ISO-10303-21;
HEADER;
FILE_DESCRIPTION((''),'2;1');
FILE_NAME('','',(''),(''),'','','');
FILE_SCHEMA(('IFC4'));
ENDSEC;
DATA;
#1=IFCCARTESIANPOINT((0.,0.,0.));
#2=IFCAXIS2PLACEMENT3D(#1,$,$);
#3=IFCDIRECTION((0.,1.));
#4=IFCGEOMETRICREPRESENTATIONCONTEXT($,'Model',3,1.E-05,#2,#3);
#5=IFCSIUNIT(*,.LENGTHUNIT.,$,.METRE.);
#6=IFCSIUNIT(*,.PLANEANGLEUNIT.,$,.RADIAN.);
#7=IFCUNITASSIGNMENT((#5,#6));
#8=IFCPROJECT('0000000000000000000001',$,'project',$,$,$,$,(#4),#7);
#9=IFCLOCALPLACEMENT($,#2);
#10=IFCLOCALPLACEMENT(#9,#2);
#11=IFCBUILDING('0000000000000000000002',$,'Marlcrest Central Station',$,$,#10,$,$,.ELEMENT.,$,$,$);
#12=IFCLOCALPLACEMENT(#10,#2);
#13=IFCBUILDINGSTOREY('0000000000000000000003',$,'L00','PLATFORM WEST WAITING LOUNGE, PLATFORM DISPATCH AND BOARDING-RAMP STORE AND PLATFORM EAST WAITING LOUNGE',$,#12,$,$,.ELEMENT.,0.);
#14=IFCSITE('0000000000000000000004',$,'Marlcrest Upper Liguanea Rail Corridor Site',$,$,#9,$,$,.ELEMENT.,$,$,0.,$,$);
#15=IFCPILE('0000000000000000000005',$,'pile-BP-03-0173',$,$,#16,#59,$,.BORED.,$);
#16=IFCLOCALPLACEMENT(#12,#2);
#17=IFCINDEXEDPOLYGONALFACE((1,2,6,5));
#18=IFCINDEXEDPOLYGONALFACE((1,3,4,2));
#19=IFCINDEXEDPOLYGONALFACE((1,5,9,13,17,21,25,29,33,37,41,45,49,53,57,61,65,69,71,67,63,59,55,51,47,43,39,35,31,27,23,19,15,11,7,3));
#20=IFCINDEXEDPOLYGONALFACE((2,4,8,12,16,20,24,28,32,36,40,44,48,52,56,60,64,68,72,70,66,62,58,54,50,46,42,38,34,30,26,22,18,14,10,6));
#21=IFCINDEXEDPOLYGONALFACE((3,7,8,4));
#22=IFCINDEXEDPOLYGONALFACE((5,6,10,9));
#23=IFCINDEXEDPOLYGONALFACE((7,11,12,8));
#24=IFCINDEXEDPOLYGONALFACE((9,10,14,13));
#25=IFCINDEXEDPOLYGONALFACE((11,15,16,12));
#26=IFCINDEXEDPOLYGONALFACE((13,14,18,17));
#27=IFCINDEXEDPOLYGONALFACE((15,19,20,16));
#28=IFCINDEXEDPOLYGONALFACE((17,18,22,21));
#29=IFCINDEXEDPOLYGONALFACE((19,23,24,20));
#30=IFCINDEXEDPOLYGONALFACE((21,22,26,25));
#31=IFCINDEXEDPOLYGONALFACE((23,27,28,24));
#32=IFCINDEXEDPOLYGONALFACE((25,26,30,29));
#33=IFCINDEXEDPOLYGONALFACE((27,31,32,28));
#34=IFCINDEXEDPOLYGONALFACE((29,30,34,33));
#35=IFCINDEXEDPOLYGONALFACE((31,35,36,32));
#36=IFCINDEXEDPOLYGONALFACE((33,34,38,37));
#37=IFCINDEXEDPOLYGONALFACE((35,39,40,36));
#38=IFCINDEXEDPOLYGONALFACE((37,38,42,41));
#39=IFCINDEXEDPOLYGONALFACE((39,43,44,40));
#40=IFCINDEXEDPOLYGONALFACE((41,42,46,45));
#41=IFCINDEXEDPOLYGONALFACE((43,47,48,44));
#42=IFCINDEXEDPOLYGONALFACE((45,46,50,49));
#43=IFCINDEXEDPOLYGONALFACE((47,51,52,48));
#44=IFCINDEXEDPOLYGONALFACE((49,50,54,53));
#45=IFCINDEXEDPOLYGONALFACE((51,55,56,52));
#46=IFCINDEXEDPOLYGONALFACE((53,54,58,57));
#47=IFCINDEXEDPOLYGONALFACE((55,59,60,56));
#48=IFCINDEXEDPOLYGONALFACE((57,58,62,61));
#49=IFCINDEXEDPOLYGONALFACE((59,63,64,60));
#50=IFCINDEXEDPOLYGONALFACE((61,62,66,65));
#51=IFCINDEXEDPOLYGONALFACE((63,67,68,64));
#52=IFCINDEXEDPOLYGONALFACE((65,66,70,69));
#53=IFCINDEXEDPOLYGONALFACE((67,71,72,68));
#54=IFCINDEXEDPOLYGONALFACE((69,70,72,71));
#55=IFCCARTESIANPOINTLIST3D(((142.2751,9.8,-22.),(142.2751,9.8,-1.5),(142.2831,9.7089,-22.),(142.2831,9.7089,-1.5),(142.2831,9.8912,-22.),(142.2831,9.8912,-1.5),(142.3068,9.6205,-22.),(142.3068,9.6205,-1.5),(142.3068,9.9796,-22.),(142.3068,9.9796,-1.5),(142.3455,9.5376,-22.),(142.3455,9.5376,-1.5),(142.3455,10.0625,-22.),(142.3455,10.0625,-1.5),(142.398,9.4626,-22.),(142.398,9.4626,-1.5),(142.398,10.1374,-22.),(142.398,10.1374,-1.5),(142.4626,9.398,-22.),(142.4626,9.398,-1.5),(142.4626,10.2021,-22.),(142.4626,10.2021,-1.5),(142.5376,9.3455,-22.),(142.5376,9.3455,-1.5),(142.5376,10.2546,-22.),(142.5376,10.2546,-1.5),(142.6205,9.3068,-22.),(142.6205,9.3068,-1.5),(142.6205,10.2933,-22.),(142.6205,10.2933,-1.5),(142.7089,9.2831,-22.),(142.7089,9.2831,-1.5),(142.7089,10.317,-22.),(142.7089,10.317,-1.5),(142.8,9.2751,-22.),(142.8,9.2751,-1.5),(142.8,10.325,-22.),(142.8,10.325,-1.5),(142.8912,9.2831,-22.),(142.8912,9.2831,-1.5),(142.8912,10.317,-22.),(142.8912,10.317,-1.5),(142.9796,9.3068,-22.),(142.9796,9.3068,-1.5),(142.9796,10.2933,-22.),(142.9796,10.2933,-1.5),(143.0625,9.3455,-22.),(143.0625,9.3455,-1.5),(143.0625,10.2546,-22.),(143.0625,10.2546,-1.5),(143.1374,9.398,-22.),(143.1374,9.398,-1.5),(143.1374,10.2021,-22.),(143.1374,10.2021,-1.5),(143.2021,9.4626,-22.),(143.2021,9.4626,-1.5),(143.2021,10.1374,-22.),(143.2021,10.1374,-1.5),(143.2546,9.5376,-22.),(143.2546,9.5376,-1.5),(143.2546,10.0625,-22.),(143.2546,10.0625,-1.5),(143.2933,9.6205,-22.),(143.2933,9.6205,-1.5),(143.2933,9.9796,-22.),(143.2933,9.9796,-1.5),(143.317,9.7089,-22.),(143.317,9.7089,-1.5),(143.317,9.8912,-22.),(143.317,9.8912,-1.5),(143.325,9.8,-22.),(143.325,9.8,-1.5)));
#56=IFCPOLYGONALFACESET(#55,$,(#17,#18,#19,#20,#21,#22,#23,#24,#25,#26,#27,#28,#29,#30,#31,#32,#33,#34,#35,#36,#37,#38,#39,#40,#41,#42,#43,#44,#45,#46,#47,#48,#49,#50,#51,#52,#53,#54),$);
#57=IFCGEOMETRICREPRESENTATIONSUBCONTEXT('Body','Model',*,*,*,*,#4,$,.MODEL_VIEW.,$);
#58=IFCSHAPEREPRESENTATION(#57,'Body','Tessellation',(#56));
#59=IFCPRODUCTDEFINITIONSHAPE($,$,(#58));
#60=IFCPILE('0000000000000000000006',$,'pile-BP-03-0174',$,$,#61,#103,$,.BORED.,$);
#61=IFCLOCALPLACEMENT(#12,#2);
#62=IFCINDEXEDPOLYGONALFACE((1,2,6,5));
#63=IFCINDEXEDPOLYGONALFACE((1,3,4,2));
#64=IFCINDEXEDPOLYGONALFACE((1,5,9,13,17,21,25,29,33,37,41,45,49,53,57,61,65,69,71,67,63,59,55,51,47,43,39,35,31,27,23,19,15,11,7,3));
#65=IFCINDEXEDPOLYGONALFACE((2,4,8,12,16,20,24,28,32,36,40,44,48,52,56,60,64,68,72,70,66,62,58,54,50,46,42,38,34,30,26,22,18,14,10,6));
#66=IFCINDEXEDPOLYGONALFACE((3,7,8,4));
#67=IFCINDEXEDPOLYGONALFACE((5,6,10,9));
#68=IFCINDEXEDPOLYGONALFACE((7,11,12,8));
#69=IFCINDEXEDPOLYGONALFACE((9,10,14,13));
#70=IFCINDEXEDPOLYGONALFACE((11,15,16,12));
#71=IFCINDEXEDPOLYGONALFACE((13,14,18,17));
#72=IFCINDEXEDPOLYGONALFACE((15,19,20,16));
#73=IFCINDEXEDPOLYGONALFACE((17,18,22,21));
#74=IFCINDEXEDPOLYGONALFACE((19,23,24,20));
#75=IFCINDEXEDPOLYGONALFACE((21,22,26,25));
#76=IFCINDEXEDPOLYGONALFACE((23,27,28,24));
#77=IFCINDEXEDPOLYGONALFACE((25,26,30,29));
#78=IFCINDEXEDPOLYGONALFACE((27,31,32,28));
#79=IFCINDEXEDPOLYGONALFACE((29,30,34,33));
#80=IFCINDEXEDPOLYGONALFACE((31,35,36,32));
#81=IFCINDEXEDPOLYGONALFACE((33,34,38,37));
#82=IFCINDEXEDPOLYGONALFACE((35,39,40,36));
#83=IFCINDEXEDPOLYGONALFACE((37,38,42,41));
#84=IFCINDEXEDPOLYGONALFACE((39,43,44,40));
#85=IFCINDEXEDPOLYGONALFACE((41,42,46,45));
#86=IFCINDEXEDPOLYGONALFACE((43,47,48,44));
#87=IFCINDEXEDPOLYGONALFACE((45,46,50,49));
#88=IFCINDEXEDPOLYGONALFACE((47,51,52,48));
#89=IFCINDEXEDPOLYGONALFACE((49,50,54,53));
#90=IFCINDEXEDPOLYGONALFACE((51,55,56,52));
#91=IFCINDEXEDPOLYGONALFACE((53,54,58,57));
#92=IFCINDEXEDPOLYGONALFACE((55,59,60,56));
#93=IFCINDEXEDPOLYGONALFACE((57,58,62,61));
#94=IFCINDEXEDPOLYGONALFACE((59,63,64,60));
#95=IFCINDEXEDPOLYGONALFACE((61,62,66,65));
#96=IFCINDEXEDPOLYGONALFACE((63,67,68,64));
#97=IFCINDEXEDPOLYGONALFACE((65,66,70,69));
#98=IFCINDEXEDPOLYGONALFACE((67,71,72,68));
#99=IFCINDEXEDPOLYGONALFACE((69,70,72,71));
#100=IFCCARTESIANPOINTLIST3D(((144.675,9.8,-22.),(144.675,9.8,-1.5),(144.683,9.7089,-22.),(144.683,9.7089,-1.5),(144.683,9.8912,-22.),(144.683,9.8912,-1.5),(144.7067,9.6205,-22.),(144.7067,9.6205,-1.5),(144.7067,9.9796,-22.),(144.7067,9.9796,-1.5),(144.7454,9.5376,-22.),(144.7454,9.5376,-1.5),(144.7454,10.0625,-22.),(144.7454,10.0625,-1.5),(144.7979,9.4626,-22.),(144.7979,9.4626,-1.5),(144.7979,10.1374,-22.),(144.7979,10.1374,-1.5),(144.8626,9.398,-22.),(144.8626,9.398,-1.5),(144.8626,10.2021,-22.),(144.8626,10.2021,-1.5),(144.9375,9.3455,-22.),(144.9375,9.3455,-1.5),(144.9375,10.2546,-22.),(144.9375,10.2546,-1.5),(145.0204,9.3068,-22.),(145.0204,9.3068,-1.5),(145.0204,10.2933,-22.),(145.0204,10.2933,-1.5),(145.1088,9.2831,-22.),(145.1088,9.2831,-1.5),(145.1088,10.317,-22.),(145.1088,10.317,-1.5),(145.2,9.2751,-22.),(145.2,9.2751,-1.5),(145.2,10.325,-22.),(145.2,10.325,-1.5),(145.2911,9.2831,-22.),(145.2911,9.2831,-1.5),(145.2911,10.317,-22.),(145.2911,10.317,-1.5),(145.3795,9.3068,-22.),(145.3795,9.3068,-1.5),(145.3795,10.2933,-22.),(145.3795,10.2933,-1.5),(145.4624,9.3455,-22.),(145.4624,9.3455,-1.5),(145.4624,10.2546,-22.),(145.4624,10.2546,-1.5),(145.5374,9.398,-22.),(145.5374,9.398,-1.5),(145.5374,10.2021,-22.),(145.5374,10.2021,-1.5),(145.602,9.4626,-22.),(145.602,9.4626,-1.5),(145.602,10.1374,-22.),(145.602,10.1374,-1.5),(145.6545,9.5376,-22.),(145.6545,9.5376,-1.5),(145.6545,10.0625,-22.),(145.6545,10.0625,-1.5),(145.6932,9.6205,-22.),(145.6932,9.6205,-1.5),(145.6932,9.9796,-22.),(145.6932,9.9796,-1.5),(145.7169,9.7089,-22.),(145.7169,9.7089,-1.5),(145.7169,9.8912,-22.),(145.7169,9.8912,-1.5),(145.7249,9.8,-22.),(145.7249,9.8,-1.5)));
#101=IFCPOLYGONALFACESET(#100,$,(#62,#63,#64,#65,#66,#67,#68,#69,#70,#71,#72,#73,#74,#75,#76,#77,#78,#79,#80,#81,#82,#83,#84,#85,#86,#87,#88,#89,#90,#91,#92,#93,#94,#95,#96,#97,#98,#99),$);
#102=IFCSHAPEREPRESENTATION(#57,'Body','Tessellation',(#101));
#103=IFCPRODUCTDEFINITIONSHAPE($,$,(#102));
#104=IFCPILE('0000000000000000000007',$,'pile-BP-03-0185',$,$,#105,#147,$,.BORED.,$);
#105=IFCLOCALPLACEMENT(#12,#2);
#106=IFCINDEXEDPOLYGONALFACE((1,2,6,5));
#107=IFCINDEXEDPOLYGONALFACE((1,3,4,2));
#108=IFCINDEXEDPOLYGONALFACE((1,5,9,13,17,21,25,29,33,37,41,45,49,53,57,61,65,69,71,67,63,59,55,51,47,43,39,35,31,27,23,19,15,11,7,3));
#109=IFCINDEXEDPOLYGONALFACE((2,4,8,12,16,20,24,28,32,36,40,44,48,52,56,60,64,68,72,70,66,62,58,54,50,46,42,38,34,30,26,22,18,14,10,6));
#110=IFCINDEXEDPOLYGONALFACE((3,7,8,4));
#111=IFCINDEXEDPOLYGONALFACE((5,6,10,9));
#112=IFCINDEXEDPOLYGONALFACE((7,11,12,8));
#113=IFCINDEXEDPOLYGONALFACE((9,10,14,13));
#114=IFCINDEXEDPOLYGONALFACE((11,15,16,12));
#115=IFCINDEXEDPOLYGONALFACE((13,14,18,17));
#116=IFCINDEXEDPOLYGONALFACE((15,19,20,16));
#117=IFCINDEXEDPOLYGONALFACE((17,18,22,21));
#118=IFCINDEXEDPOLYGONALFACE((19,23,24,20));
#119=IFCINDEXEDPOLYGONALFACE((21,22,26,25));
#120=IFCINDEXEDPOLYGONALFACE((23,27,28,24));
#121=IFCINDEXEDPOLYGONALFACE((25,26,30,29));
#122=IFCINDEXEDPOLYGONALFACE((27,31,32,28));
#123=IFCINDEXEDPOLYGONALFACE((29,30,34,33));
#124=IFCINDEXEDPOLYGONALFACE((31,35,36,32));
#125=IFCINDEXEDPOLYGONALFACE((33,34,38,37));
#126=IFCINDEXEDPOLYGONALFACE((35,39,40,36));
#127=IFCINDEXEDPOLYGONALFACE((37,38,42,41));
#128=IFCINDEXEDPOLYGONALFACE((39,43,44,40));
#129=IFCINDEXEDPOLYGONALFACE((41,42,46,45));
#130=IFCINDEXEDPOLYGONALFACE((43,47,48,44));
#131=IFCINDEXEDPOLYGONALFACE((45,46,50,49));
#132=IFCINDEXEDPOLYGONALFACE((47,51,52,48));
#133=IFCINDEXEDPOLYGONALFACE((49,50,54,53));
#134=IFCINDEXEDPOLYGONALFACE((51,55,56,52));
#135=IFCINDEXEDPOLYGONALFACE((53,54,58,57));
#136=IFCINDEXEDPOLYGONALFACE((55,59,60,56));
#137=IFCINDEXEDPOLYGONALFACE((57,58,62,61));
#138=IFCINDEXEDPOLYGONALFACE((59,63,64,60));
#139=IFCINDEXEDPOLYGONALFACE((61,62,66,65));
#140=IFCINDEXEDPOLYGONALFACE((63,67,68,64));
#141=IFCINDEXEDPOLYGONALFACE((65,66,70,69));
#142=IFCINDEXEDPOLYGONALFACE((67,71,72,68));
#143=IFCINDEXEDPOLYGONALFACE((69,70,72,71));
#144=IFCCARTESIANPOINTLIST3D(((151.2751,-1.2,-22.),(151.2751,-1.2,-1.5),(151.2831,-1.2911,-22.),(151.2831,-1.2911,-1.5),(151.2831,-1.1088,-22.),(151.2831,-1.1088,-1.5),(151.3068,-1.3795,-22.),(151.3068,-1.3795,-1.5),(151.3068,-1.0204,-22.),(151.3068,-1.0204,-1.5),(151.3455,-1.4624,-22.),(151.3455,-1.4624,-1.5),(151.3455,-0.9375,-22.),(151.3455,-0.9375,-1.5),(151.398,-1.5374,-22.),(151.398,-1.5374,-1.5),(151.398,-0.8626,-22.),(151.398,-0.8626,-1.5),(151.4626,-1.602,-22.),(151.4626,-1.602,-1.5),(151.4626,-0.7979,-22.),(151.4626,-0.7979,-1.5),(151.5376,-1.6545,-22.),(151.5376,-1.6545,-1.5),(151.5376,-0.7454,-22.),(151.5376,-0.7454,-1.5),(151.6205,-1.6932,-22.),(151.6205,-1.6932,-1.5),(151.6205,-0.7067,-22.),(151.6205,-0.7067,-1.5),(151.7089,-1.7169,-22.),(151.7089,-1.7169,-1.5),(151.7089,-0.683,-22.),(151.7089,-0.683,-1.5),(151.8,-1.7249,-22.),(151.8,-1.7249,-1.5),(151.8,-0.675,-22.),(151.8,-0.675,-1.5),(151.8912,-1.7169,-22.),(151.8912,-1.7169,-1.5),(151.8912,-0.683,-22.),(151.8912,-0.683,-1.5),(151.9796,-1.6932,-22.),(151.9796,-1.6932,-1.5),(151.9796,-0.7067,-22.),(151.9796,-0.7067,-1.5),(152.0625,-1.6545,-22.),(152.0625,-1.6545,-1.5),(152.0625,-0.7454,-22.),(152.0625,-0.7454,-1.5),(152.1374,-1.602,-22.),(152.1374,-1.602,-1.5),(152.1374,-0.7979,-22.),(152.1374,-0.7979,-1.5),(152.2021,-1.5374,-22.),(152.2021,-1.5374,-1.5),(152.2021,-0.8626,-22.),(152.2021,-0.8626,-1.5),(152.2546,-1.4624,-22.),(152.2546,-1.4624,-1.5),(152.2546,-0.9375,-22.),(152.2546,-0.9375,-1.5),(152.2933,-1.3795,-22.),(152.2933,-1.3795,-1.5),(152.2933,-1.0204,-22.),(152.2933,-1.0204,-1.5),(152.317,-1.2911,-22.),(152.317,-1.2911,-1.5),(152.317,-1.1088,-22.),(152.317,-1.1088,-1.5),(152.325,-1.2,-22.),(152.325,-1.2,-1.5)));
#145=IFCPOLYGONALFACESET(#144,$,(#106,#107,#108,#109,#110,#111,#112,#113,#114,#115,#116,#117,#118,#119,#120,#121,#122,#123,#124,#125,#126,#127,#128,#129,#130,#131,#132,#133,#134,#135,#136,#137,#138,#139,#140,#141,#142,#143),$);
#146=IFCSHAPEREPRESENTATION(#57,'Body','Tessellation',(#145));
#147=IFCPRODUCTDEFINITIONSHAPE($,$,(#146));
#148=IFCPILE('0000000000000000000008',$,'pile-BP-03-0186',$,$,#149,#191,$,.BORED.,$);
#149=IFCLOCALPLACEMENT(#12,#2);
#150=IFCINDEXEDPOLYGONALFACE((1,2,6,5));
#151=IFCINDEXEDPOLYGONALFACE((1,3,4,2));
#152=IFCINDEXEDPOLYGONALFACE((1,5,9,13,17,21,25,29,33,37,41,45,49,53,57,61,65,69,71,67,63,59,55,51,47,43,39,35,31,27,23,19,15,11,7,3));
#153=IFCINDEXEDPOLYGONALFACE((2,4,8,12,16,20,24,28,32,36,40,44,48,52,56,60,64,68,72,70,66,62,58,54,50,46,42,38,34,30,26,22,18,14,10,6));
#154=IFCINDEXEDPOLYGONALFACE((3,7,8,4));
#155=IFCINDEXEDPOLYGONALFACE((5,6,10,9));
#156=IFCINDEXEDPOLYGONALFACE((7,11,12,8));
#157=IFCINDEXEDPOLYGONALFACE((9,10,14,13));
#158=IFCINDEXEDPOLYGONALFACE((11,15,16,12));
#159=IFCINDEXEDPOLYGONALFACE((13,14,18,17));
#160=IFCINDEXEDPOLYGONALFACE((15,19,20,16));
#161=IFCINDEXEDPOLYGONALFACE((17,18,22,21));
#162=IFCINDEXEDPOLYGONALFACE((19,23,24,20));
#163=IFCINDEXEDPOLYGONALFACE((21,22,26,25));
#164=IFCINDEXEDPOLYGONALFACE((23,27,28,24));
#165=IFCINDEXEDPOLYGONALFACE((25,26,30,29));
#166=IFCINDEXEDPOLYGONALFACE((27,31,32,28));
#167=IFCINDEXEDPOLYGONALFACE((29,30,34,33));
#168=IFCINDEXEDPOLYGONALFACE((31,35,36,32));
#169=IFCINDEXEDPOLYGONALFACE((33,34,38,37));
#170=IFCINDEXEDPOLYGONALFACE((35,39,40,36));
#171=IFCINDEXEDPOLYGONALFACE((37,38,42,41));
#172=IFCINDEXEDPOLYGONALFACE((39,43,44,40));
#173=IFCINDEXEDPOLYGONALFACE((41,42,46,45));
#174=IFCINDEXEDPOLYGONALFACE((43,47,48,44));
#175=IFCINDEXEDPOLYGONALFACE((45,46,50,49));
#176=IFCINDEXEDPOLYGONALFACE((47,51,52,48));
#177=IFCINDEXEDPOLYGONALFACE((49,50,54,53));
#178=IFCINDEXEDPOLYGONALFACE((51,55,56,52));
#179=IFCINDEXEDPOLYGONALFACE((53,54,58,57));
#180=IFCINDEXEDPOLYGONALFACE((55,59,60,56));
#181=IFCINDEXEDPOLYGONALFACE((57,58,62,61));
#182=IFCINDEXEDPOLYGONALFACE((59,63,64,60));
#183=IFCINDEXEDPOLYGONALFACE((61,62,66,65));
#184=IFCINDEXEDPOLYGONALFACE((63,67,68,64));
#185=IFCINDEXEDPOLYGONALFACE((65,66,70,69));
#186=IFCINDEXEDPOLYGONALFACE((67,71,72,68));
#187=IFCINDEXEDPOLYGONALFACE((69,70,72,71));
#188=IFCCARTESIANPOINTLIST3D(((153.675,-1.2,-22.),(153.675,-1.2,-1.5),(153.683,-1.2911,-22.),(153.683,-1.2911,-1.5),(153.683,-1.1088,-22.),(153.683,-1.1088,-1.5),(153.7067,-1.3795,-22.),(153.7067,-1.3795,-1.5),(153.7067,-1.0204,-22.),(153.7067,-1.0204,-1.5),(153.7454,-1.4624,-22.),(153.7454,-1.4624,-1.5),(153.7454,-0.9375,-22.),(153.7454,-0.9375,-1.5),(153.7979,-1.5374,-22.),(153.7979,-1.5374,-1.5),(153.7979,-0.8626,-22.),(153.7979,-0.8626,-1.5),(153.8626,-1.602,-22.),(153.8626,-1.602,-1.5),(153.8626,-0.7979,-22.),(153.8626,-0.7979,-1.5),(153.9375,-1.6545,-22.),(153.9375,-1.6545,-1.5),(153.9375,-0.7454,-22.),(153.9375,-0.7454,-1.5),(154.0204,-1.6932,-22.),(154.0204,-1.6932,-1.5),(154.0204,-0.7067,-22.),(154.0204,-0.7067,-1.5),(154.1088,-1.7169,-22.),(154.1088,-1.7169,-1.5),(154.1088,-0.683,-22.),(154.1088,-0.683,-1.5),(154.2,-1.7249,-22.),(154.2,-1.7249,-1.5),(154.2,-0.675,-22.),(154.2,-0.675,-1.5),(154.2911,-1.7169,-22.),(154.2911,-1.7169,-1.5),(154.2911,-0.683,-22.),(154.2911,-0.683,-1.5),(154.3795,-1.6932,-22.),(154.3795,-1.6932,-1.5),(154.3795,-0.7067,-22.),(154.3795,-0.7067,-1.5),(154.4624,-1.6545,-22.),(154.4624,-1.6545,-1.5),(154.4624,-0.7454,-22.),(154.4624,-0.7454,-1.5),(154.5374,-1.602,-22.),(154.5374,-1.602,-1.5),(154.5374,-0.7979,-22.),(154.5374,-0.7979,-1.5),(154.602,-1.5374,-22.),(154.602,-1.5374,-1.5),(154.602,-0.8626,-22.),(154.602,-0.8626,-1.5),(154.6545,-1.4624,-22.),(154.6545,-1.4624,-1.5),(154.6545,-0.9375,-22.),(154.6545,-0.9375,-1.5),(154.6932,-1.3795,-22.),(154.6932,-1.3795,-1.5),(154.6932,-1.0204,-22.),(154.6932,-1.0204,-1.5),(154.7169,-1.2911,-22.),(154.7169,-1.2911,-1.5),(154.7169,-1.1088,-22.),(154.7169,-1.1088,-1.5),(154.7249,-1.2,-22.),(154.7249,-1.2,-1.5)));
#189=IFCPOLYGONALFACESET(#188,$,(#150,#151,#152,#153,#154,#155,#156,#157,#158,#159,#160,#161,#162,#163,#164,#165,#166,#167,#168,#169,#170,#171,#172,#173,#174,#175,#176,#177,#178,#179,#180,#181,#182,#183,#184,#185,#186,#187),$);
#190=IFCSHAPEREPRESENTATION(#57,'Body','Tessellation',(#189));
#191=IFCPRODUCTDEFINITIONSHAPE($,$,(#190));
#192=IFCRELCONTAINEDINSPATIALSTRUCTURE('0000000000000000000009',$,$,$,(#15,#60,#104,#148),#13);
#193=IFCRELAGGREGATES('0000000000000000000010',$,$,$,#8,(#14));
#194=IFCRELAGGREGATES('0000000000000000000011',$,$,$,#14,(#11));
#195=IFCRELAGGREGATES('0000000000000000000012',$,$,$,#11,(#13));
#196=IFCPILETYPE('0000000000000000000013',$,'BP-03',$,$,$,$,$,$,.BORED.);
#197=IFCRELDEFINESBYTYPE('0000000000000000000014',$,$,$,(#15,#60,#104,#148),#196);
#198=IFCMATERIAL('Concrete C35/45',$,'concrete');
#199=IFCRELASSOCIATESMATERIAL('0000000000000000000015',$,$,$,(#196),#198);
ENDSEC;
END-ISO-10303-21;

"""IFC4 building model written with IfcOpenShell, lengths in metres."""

from ifc_helpers import new_model, si_unit, direction, frame, origin, origin_2d, place, context, subcontext, project, spatial, circle, extrude, material, material_profile, profile_set, type_object, element, save


model = new_model("IFC4")

# Units and contexts
model_context = context("Model", 3, precision=1e-05, world=origin(), true_north=direction((0.0, 1.0)))
body_context = subcontext(model_context, "Body", "Model", "MODEL_VIEW")
ifc_project = project(units=[si_unit("LENGTHUNIT", "METRE"), si_unit("PLANEANGLEUNIT", "RADIAN")], contexts=[model_context])

# Site, building, storey
site_placement = place(None, origin())
site = spatial("IfcSite", under=ifc_project, at=site_placement, Name="Marlcrest Upper Liguanea Rail Corridor Site", CompositionType="ELEMENT", RefElevation=0.0)
building_placement = place(site_placement, origin())
building = spatial("IfcBuilding", under=site, at=building_placement, Name="Marlcrest Central Station", CompositionType="ELEMENT")
storey_placement = place(building_placement, origin())
storey = spatial("IfcBuildingStorey", under=building, at=storey_placement, Name="L00", Description="PLATFORM WEST WAITING LOUNGE, PLATFORM DISPATCH AND BOARDING-RAMP STORE AND PLATFORM EAST WAITING LOUNGE", CompositionType="ELEMENT", Elevation=0.0)

# Piles
ifc_material_1 = material(Name="Concrete C35/45", Category="concrete")
ifc_material_profile_1 = material_profile(ifc_material_1, circle(Radius=0.5249, at=origin_2d()), Name="PILE D1050")
ifc_profile_set_1 = profile_set([ifc_material_profile_1], Name="Concrete C35/45")
pile_type = type_object("IfcPileType", Name="BP-03", PredefinedType="BORED", material=ifc_profile_set_1)
for number, where, z_axis, x_axis, name in (
    (1, (142.8, 9.8, -1.5), (0.0, 0.0, -1.0), (1.0, 0.0, 0.0), "pile-BP-03-0173"),
    (2, (145.2, 9.8, -1.5), (0.0, 0.0, -1.0), (1.0, 0.0, 0.0), "pile-BP-03-0174"),
    (3, (151.8, -1.2, -1.5), (0.0, 0.0, -1.0), (1.0, 0.0, 0.0), "pile-BP-03-0185"),
    (4, (154.2, -1.2, -1.5), (0.0, 0.0, -1.0), (1.0, 0.0, 0.0), "pile-BP-03-0186"),
):
    element("IfcPile", number, at=place(storey_placement, frame(where, z_axis=z_axis, x_axis=x_axis)), inside=storey, type_object=pile_type, Name=name, PredefinedType="BORED", context=body_context, shape_type="SweptSolid", body=[
        extrude(circle(Radius=0.5249, at=origin_2d()), origin(), (0.0, 0.0, 1.0), 20.5),
    ])

save(model, "model.ifc")
